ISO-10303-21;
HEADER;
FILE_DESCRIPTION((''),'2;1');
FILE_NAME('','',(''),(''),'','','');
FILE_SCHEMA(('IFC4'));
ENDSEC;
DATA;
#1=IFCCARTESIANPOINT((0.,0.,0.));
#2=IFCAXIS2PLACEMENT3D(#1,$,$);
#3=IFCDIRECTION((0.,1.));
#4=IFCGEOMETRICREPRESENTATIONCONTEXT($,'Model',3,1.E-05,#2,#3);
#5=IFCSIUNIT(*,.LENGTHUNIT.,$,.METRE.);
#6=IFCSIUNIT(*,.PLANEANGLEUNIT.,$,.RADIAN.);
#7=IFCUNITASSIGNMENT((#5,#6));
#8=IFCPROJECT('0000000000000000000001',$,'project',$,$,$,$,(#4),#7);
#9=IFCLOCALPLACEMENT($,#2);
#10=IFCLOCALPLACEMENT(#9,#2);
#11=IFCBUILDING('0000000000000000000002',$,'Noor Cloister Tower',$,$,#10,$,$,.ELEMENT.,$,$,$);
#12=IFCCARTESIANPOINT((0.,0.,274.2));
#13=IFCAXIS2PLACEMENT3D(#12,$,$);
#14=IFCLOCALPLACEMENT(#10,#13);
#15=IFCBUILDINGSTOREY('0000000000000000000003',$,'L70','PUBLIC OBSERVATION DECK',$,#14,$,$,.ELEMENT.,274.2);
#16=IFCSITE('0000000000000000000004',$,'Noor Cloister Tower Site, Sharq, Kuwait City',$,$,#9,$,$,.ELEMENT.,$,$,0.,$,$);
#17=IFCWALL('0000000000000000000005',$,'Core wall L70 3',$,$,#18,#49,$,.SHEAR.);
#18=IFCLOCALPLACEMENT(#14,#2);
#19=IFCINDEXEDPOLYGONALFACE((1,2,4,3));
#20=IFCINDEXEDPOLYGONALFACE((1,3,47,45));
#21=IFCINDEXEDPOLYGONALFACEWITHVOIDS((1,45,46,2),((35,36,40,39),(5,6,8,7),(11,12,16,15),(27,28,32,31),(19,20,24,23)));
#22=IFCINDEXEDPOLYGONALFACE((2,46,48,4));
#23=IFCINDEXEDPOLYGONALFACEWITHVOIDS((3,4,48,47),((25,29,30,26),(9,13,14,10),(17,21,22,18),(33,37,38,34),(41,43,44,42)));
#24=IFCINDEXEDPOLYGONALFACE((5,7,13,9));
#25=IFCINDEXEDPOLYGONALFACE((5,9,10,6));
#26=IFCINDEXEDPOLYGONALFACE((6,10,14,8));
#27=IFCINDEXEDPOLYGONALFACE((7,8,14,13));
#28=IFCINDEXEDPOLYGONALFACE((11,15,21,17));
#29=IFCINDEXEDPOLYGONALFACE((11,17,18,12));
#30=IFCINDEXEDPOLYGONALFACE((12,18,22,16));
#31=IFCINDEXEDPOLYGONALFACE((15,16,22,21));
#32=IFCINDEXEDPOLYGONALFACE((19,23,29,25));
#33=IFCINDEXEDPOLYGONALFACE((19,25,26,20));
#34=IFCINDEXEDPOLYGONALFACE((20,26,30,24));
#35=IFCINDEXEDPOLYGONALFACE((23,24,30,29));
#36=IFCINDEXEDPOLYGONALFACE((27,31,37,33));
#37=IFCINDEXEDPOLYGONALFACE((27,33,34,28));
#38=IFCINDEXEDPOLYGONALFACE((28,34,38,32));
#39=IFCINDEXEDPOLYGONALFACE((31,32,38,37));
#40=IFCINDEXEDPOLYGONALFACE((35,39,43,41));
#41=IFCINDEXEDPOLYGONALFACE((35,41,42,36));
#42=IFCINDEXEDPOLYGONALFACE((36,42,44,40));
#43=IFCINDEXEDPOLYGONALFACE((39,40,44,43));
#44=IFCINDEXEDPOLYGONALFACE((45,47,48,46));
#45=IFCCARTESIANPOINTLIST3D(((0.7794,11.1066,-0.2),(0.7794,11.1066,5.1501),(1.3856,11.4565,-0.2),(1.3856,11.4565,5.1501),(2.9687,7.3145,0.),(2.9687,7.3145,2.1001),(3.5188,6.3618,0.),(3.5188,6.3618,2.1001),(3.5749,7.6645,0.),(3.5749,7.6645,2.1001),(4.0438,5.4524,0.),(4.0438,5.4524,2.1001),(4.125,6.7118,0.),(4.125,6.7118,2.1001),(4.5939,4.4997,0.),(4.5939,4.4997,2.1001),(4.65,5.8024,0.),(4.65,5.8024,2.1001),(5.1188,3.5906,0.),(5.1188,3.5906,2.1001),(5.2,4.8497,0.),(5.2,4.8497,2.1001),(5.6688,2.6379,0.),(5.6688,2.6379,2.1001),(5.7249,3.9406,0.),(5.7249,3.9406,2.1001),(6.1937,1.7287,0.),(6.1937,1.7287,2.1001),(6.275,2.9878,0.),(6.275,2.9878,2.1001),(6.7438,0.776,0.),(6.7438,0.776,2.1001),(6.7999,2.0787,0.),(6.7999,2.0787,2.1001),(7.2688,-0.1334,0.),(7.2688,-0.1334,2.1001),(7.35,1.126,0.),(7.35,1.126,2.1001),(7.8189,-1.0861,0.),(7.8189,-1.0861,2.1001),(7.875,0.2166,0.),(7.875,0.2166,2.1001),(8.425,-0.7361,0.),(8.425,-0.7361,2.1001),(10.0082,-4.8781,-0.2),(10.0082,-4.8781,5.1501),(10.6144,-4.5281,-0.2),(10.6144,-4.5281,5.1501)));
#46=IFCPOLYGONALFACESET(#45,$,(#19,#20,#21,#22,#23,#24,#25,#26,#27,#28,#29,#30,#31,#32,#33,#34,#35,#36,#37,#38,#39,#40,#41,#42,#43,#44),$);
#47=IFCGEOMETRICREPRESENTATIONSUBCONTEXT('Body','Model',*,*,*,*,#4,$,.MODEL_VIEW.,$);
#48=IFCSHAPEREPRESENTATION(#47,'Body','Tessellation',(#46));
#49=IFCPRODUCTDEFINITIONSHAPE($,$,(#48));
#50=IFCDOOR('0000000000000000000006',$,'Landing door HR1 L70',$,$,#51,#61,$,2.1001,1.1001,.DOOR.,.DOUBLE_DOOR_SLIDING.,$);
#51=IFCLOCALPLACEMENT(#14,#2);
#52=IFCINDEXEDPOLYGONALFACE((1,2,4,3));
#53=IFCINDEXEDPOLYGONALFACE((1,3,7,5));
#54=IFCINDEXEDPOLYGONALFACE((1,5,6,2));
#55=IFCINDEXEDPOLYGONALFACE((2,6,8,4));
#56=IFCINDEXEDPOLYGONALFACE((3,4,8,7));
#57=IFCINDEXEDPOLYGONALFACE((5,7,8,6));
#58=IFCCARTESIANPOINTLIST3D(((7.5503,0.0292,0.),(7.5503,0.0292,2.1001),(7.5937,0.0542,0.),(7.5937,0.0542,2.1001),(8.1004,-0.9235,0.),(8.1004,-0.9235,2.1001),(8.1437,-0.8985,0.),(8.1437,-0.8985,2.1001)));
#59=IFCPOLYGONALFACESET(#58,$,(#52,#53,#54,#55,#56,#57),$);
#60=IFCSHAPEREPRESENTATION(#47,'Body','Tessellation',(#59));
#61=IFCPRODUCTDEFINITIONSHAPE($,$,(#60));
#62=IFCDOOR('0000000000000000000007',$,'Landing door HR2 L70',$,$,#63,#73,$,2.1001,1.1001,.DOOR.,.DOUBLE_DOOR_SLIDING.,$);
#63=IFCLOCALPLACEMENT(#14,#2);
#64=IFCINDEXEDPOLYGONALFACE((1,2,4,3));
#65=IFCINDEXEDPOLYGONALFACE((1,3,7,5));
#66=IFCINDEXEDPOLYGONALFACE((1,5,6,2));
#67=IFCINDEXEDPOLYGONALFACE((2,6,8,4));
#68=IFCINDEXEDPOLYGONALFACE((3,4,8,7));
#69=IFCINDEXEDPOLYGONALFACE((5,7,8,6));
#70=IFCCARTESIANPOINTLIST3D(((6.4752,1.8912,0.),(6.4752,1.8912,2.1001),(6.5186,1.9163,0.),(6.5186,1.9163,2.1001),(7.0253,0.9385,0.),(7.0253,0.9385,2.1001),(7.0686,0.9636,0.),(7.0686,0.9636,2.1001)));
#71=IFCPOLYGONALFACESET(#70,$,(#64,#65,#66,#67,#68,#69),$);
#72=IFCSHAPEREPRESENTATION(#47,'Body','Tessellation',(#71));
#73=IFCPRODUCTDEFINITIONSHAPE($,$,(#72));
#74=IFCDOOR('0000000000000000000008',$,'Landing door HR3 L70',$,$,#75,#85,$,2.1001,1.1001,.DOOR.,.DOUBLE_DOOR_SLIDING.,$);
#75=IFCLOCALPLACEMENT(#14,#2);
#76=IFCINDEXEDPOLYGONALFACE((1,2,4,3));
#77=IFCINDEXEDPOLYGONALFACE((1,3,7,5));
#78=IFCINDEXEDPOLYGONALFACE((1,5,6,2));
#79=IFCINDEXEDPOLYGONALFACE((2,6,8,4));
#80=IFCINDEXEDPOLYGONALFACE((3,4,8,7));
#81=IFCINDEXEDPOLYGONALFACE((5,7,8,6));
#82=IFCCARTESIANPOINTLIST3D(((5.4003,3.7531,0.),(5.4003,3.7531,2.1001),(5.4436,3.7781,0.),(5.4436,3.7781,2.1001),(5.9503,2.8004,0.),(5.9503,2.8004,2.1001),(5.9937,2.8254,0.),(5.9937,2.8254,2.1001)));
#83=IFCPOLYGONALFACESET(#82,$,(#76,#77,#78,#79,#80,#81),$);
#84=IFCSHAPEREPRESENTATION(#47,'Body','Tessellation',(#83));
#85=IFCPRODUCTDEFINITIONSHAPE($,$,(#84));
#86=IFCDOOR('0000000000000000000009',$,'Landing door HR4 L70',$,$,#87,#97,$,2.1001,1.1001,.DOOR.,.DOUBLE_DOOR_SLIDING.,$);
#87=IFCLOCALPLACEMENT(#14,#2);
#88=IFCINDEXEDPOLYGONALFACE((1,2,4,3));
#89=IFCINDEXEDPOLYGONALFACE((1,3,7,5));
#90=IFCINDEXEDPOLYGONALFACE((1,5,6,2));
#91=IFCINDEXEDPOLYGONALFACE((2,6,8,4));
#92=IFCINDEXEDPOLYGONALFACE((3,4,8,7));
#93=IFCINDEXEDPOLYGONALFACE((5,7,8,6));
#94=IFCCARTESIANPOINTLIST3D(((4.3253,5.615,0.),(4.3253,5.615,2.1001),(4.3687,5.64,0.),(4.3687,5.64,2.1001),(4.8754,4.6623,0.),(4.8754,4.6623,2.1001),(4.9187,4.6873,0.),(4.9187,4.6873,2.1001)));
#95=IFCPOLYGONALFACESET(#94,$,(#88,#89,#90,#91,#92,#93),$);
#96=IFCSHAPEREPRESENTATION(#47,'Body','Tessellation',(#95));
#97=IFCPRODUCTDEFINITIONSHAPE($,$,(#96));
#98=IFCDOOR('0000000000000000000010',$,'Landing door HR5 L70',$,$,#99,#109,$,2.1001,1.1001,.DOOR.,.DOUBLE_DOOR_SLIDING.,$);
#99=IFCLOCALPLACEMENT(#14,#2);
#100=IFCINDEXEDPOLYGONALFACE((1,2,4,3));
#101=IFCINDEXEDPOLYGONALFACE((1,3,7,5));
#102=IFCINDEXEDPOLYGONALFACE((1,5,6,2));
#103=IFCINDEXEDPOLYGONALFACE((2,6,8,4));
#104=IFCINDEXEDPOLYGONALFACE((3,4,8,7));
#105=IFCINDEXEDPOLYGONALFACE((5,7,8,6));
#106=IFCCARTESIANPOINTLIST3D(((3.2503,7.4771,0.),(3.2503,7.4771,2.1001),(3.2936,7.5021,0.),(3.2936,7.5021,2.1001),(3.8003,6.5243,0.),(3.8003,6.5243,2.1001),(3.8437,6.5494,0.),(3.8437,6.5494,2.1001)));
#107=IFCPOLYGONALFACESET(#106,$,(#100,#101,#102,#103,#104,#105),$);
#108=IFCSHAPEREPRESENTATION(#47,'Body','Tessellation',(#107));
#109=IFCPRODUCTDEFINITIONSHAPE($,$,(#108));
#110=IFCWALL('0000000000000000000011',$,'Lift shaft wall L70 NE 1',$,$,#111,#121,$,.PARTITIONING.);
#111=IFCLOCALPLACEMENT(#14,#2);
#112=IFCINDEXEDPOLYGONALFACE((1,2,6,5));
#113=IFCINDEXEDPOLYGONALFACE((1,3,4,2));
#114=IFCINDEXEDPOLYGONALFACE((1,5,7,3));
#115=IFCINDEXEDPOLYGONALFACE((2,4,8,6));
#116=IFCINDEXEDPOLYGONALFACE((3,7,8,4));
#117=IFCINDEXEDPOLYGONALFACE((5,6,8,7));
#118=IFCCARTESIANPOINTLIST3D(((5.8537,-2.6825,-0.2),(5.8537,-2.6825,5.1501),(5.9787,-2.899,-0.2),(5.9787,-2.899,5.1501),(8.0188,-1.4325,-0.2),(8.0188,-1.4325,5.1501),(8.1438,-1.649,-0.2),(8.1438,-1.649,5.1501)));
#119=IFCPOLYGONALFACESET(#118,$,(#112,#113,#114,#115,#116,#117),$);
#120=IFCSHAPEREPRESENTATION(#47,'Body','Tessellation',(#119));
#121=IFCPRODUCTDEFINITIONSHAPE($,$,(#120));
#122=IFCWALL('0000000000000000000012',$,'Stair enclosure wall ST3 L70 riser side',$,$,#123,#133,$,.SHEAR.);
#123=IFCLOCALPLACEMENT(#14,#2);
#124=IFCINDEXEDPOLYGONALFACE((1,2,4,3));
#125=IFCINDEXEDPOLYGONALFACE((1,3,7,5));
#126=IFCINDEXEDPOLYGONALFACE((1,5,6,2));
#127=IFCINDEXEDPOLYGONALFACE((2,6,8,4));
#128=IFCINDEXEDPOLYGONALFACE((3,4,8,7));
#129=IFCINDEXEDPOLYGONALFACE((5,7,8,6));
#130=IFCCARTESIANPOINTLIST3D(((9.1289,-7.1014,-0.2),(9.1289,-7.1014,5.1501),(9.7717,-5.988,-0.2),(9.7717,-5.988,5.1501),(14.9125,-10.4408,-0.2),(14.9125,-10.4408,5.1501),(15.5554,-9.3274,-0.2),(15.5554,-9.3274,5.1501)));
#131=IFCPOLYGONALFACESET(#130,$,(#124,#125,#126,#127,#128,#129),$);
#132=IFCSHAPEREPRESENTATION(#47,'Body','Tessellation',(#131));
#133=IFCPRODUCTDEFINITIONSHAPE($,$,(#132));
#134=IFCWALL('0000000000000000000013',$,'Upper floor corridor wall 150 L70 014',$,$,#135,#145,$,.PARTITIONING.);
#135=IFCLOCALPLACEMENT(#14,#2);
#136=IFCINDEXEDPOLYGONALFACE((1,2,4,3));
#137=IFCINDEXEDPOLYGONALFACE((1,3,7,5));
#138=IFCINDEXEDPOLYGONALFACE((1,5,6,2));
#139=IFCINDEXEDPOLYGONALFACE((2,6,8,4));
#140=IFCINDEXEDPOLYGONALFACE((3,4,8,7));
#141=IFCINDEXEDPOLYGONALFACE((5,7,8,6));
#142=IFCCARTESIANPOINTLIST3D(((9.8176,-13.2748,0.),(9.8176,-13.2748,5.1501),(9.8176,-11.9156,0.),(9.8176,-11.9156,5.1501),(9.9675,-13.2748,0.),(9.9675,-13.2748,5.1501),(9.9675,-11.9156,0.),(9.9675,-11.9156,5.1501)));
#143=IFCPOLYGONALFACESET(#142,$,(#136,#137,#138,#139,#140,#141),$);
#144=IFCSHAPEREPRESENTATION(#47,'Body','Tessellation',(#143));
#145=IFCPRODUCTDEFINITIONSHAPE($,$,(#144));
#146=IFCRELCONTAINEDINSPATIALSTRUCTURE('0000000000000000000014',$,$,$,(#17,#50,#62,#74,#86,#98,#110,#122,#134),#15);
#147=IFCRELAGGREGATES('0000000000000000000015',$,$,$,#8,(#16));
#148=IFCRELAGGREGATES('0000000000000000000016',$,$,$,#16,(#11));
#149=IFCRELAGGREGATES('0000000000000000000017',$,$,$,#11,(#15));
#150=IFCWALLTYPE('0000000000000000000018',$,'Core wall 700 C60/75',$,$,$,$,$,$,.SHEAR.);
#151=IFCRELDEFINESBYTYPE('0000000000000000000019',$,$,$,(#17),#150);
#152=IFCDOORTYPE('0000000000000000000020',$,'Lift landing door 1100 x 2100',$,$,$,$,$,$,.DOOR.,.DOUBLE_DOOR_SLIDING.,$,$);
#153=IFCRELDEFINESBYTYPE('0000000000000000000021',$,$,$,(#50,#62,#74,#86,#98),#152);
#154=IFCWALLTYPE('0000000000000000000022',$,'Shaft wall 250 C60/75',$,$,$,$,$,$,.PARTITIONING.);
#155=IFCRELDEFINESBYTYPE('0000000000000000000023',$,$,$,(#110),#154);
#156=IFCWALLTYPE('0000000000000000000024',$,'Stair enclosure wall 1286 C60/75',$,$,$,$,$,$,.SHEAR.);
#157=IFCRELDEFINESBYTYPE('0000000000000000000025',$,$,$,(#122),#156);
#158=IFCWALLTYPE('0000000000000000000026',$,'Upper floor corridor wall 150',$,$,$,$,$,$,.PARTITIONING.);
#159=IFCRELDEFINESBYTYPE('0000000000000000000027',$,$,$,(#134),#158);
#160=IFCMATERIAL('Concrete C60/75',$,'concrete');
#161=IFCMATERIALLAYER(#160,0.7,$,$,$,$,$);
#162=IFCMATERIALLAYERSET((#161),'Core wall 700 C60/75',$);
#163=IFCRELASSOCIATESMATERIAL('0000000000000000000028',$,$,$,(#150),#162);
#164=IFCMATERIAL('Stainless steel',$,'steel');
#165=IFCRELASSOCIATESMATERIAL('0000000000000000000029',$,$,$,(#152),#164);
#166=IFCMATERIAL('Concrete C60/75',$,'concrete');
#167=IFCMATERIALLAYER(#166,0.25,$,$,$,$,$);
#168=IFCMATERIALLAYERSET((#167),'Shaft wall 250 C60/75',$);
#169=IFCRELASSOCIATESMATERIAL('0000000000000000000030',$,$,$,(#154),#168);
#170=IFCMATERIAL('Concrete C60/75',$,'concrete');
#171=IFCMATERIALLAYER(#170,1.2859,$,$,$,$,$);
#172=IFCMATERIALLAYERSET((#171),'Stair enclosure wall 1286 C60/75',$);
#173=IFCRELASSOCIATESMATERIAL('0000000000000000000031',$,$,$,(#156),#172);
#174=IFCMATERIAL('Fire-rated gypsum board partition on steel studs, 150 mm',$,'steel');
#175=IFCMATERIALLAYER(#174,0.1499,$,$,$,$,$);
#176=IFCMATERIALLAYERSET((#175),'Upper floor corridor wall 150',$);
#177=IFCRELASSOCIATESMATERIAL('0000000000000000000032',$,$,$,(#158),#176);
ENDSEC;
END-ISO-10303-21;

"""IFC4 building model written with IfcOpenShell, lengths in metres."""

from ifc_helpers import new_model, si_unit, direction, frame, frame_2d, origin, place, context, subcontext, project, spatial, rectangle, extrude, material, layer, layer_set, type_object, element, fill, save


model = new_model("IFC4")

# Units and contexts
model_context = context("Model", 3, precision=1e-05, world=origin(), true_north=direction((0.0, 1.0)))
body_context = subcontext(model_context, "Body", "Model", "MODEL_VIEW")
ifc_project = project(units=[si_unit("LENGTHUNIT", "METRE"), si_unit("PLANEANGLEUNIT", "RADIAN")], contexts=[model_context])

# Site, building, storey
site_placement = place(None, origin())
site = spatial("IfcSite", under=ifc_project, at=site_placement, Name="Noor Cloister Tower Site, Sharq, Kuwait City", CompositionType="ELEMENT", RefElevation=0.0)
building_placement = place(site_placement, origin())
building = spatial("IfcBuilding", under=site, at=building_placement, Name="Noor Cloister Tower", CompositionType="ELEMENT")
storey_placement = place(building_placement, frame((0.0, 0.0, 274.2)))
storey = spatial("IfcBuildingStorey", under=building, at=storey_placement, Name="L70", Description="PUBLIC OBSERVATION DECK", CompositionType="ELEMENT", Elevation=274.2)

# Shared definitions
ifc_material_1 = material(Name="Concrete C60/75", Category="concrete")
ifc_layer_1 = layer(ifc_material_1, 0.7)
ifc_layer_set_1 = layer_set([ifc_layer_1], Name="Core wall 700 C60/75")
wall_type_1 = type_object("IfcWallType", Name="Core wall 700 C60/75", PredefinedType="SHEAR", material=ifc_layer_set_1)

# Wall, openings, doors
wall_1_placement = place(storey_placement, frame((10.3113, -4.7031, -0.2), z_axis=(0.0, 0.0, 1.0), x_axis=(-0.500001, 0.866025, 0.0)))
wall_1 = element("IfcWall", 1, at=wall_1_placement, inside=storey, type_object=wall_type_1, Name="Core wall L70 3", PredefinedType="SHEAR", context=body_context, shape_type="SweptSolid", body=[
    extrude(rectangle(XDim=18.4575, YDim=0.7, at=frame_2d((9.2288, 0.0))), origin(), (0.0, 0.0, 1.0), 5.3501),
])
opening_1_placement = place(wall_1_placement, frame((4.3787, 0.0, 0.2)))
opening_1 = element("IfcOpeningElement", 2, at=opening_1_placement, cuts=wall_1, PredefinedType="OPENING", context=body_context, shape_type="SweptSolid", body=[
    extrude(rectangle(XDim=1.1001, YDim=2.1001, at=frame_2d((0.55, 1.05))), frame((0.0, 0.3599, 0.0), z_axis=(0.0, -1.0, 0.0), x_axis=(1.0, 0.0, 0.0)), (0.0, 0.0, 1.0), 0.72),
])
opening_2_placement = place(wall_1_placement, frame((6.5288, 0.0, 0.2)))
opening_2 = element("IfcOpeningElement", 3, at=opening_2_placement, cuts=wall_1, PredefinedType="OPENING", context=body_context, shape_type="SweptSolid", body=[
    extrude(rectangle(XDim=1.1001, YDim=2.1001, at=frame_2d((0.55, 1.05))), frame((0.0, 0.3599, 0.0), z_axis=(0.0, -1.0, 0.0), x_axis=(1.0, 0.0, 0.0)), (0.0, 0.0, 1.0), 0.72),
])
opening_3_placement = place(wall_1_placement, frame((8.6787, 0.0, 0.2)))
opening_3 = element("IfcOpeningElement", 4, at=opening_3_placement, cuts=wall_1, PredefinedType="OPENING", context=body_context, shape_type="SweptSolid", body=[
    extrude(rectangle(XDim=1.1001, YDim=2.1001, at=frame_2d((0.55, 1.05))), frame((0.0, 0.3599, 0.0), z_axis=(0.0, -1.0, 0.0), x_axis=(1.0, 0.0, 0.0)), (0.0, 0.0, 1.0), 0.72),
])
opening_4_placement = place(wall_1_placement, frame((10.8286, 0.0, 0.2)))
opening_4 = element("IfcOpeningElement", 5, at=opening_4_placement, cuts=wall_1, PredefinedType="OPENING", context=body_context, shape_type="SweptSolid", body=[
    extrude(rectangle(XDim=1.1001, YDim=2.1001, at=frame_2d((0.55, 1.05))), frame((0.0, 0.3599, 0.0), z_axis=(0.0, -1.0, 0.0), x_axis=(1.0, 0.0, 0.0)), (0.0, 0.0, 1.0), 0.72),
])
opening_5_placement = place(wall_1_placement, frame((12.9788, 0.0, 0.2)))
opening_5 = element("IfcOpeningElement", 6, at=opening_5_placement, cuts=wall_1, PredefinedType="OPENING", context=body_context, shape_type="SweptSolid", body=[
    extrude(rectangle(XDim=1.1001, YDim=2.1001, at=frame_2d((0.55, 1.05))), frame((0.0, 0.3599, 0.0), z_axis=(0.0, -1.0, 0.0), x_axis=(1.0, 0.0, 0.0)), (0.0, 0.0, 1.0), 0.72),
])
ifc_material_2 = material(Name="Stainless steel", Category="steel")
door_type = type_object("IfcDoorType", Name="Lift landing door 1100 x 2100", OperationType="DOUBLE_DOOR_SLIDING", PredefinedType="DOOR", material=ifc_material_2)
door_1_placement = place(opening_1_placement, origin())
door_1 = element("IfcDoor", 7, at=door_1_placement, inside=storey, type_object=door_type, Name="Landing door HR1 L70", OperationType="DOUBLE_DOOR_SLIDING", OverallHeight=2.1001, OverallWidth=1.1001, PredefinedType="DOOR", context=body_context, shape_type="SweptSolid", body=[
    extrude(rectangle(XDim=1.1001, YDim=2.1001, at=frame_2d((0.55, 1.05))), frame((0.0, 0.0249, 0.0), z_axis=(0.0, -1.0, 0.0), x_axis=(1.0, 0.0, 0.0)), (0.0, 0.0, 1.0), 0.05),
])
fill(opening_1, door_1)
door_2_placement = place(opening_2_placement, origin())
door_2 = element("IfcDoor", 8, at=door_2_placement, inside=storey, type_object=door_type, Name="Landing door HR2 L70", OperationType="DOUBLE_DOOR_SLIDING", OverallHeight=2.1001, OverallWidth=1.1001, PredefinedType="DOOR", context=body_context, shape_type="SweptSolid", body=[
    extrude(rectangle(XDim=1.1001, YDim=2.1001, at=frame_2d((0.55, 1.05))), frame((0.0, 0.0249, 0.0), z_axis=(0.0, -1.0, 0.0), x_axis=(1.0, 0.0, 0.0)), (0.0, 0.0, 1.0), 0.05),
])
fill(opening_2, door_2)
door_3_placement = place(opening_3_placement, origin())
door_3 = element("IfcDoor", 9, at=door_3_placement, inside=storey, type_object=door_type, Name="Landing door HR3 L70", OperationType="DOUBLE_DOOR_SLIDING", OverallHeight=2.1001, OverallWidth=1.1001, PredefinedType="DOOR", context=body_context, shape_type="SweptSolid", body=[
    extrude(rectangle(XDim=1.1001, YDim=2.1001, at=frame_2d((0.55, 1.05))), frame((0.0, 0.0249, 0.0), z_axis=(0.0, -1.0, 0.0), x_axis=(1.0, 0.0, 0.0)), (0.0, 0.0, 1.0), 0.05),
])
fill(opening_3, door_3)
door_4_placement = place(opening_4_placement, origin())
door_4 = element("IfcDoor", 10, at=door_4_placement, inside=storey, type_object=door_type, Name="Landing door HR4 L70", OperationType="DOUBLE_DOOR_SLIDING", OverallHeight=2.1001, OverallWidth=1.1001, PredefinedType="DOOR", context=body_context, shape_type="SweptSolid", body=[
    extrude(rectangle(XDim=1.1001, YDim=2.1001, at=frame_2d((0.55, 1.05))), frame((0.0, 0.0249, 0.0), z_axis=(0.0, -1.0, 0.0), x_axis=(1.0, 0.0, 0.0)), (0.0, 0.0, 1.0), 0.05),
])
fill(opening_4, door_4)
door_5_placement = place(opening_5_placement, origin())
door_5 = element("IfcDoor", 11, at=door_5_placement, inside=storey, type_object=door_type, Name="Landing door HR5 L70", OperationType="DOUBLE_DOOR_SLIDING", OverallHeight=2.1001, OverallWidth=1.1001, PredefinedType="DOOR", context=body_context, shape_type="SweptSolid", body=[
    extrude(rectangle(XDim=1.1001, YDim=2.1001, at=frame_2d((0.55, 1.05))), frame((0.0, 0.0249, 0.0), z_axis=(0.0, -1.0, 0.0), x_axis=(1.0, 0.0, 0.0)), (0.0, 0.0, 1.0), 0.05),
])
fill(opening_5, door_5)

# Walls
ifc_material_3 = material(Name="Concrete C60/75", Category="concrete")
ifc_layer_2 = layer(ifc_material_3, 0.25)
ifc_layer_set_2 = layer_set([ifc_layer_2], Name="Shaft wall 250 C60/75")
wall_type_2 = type_object("IfcWallType", Name="Shaft wall 250 C60/75", PredefinedType="PARTITIONING", material=ifc_layer_set_2)
wall_2_placement = place(storey_placement, frame((8.0813, -1.5408, -0.2), z_axis=(0.0, 0.0, 1.0), x_axis=(-0.866023, -0.500004, 0.0)))
element("IfcWall", 12, at=wall_2_placement, inside=storey, type_object=wall_type_2, Name="Lift shaft wall L70 NE 1", PredefinedType="PARTITIONING", context=body_context, shape_type="SweptSolid", body=[
    extrude(rectangle(XDim=2.5, YDim=0.25, at=frame_2d((1.25, 0.0))), origin(), (0.0, 0.0, 1.0), 5.3501),
])
ifc_material_4 = material(Name="Concrete C60/75", Category="concrete")
ifc_layer_3 = layer(ifc_material_4, 1.2859)
ifc_layer_set_3 = layer_set([ifc_layer_3], Name="Stair enclosure wall 1286 C60/75")
wall_type_3 = type_object("IfcWallType", Name="Stair enclosure wall 1286 C60/75", PredefinedType="SHEAR", material=ifc_layer_set_3)
wall_3_placement = place(storey_placement, frame((9.4502, -6.5447, -0.2), z_axis=(0.0, 0.0, 1.0), x_axis=(0.866016, -0.500016, 0.0)))
element("IfcWall", 13, at=wall_3_placement, inside=storey, type_object=wall_type_3, Name="Stair enclosure wall ST3 L70 riser side", PredefinedType="SHEAR", context=body_context, shape_type="SweptSolid", body=[
    extrude(rectangle(XDim=6.6785, YDim=1.2856, at=frame_2d((3.3394, 0.0))), origin(), (0.0, 0.0, 1.0), 5.3501),
])
ifc_material_5 = material(Name="Fire-rated gypsum board partition on steel studs, 150 mm", Category="steel")
ifc_layer_4 = layer(ifc_material_5, 0.1499)
ifc_layer_set_4 = layer_set([ifc_layer_4], Name="Upper floor corridor wall 150")
wall_type_4 = type_object("IfcWallType", Name="Upper floor corridor wall 150", PredefinedType="PARTITIONING", material=ifc_layer_set_4)
wall_4_placement = place(storey_placement, frame((9.8926, -13.2749, 0.0), z_axis=(0.0, 0.0, 1.0), x_axis=(0.0, 1.0, 0.0)))
element("IfcWall", 14, at=wall_4_placement, inside=storey, type_object=wall_type_4, Name="Upper floor corridor wall 150 L70 014", PredefinedType="PARTITIONING", context=body_context, shape_type="SweptSolid", body=[
    extrude(rectangle(XDim=1.3591, YDim=0.1499, at=frame_2d((0.6797, 0.0))), origin(), (0.0, 0.0, 1.0), 5.1501),
])

save(model, "model.ifc")
